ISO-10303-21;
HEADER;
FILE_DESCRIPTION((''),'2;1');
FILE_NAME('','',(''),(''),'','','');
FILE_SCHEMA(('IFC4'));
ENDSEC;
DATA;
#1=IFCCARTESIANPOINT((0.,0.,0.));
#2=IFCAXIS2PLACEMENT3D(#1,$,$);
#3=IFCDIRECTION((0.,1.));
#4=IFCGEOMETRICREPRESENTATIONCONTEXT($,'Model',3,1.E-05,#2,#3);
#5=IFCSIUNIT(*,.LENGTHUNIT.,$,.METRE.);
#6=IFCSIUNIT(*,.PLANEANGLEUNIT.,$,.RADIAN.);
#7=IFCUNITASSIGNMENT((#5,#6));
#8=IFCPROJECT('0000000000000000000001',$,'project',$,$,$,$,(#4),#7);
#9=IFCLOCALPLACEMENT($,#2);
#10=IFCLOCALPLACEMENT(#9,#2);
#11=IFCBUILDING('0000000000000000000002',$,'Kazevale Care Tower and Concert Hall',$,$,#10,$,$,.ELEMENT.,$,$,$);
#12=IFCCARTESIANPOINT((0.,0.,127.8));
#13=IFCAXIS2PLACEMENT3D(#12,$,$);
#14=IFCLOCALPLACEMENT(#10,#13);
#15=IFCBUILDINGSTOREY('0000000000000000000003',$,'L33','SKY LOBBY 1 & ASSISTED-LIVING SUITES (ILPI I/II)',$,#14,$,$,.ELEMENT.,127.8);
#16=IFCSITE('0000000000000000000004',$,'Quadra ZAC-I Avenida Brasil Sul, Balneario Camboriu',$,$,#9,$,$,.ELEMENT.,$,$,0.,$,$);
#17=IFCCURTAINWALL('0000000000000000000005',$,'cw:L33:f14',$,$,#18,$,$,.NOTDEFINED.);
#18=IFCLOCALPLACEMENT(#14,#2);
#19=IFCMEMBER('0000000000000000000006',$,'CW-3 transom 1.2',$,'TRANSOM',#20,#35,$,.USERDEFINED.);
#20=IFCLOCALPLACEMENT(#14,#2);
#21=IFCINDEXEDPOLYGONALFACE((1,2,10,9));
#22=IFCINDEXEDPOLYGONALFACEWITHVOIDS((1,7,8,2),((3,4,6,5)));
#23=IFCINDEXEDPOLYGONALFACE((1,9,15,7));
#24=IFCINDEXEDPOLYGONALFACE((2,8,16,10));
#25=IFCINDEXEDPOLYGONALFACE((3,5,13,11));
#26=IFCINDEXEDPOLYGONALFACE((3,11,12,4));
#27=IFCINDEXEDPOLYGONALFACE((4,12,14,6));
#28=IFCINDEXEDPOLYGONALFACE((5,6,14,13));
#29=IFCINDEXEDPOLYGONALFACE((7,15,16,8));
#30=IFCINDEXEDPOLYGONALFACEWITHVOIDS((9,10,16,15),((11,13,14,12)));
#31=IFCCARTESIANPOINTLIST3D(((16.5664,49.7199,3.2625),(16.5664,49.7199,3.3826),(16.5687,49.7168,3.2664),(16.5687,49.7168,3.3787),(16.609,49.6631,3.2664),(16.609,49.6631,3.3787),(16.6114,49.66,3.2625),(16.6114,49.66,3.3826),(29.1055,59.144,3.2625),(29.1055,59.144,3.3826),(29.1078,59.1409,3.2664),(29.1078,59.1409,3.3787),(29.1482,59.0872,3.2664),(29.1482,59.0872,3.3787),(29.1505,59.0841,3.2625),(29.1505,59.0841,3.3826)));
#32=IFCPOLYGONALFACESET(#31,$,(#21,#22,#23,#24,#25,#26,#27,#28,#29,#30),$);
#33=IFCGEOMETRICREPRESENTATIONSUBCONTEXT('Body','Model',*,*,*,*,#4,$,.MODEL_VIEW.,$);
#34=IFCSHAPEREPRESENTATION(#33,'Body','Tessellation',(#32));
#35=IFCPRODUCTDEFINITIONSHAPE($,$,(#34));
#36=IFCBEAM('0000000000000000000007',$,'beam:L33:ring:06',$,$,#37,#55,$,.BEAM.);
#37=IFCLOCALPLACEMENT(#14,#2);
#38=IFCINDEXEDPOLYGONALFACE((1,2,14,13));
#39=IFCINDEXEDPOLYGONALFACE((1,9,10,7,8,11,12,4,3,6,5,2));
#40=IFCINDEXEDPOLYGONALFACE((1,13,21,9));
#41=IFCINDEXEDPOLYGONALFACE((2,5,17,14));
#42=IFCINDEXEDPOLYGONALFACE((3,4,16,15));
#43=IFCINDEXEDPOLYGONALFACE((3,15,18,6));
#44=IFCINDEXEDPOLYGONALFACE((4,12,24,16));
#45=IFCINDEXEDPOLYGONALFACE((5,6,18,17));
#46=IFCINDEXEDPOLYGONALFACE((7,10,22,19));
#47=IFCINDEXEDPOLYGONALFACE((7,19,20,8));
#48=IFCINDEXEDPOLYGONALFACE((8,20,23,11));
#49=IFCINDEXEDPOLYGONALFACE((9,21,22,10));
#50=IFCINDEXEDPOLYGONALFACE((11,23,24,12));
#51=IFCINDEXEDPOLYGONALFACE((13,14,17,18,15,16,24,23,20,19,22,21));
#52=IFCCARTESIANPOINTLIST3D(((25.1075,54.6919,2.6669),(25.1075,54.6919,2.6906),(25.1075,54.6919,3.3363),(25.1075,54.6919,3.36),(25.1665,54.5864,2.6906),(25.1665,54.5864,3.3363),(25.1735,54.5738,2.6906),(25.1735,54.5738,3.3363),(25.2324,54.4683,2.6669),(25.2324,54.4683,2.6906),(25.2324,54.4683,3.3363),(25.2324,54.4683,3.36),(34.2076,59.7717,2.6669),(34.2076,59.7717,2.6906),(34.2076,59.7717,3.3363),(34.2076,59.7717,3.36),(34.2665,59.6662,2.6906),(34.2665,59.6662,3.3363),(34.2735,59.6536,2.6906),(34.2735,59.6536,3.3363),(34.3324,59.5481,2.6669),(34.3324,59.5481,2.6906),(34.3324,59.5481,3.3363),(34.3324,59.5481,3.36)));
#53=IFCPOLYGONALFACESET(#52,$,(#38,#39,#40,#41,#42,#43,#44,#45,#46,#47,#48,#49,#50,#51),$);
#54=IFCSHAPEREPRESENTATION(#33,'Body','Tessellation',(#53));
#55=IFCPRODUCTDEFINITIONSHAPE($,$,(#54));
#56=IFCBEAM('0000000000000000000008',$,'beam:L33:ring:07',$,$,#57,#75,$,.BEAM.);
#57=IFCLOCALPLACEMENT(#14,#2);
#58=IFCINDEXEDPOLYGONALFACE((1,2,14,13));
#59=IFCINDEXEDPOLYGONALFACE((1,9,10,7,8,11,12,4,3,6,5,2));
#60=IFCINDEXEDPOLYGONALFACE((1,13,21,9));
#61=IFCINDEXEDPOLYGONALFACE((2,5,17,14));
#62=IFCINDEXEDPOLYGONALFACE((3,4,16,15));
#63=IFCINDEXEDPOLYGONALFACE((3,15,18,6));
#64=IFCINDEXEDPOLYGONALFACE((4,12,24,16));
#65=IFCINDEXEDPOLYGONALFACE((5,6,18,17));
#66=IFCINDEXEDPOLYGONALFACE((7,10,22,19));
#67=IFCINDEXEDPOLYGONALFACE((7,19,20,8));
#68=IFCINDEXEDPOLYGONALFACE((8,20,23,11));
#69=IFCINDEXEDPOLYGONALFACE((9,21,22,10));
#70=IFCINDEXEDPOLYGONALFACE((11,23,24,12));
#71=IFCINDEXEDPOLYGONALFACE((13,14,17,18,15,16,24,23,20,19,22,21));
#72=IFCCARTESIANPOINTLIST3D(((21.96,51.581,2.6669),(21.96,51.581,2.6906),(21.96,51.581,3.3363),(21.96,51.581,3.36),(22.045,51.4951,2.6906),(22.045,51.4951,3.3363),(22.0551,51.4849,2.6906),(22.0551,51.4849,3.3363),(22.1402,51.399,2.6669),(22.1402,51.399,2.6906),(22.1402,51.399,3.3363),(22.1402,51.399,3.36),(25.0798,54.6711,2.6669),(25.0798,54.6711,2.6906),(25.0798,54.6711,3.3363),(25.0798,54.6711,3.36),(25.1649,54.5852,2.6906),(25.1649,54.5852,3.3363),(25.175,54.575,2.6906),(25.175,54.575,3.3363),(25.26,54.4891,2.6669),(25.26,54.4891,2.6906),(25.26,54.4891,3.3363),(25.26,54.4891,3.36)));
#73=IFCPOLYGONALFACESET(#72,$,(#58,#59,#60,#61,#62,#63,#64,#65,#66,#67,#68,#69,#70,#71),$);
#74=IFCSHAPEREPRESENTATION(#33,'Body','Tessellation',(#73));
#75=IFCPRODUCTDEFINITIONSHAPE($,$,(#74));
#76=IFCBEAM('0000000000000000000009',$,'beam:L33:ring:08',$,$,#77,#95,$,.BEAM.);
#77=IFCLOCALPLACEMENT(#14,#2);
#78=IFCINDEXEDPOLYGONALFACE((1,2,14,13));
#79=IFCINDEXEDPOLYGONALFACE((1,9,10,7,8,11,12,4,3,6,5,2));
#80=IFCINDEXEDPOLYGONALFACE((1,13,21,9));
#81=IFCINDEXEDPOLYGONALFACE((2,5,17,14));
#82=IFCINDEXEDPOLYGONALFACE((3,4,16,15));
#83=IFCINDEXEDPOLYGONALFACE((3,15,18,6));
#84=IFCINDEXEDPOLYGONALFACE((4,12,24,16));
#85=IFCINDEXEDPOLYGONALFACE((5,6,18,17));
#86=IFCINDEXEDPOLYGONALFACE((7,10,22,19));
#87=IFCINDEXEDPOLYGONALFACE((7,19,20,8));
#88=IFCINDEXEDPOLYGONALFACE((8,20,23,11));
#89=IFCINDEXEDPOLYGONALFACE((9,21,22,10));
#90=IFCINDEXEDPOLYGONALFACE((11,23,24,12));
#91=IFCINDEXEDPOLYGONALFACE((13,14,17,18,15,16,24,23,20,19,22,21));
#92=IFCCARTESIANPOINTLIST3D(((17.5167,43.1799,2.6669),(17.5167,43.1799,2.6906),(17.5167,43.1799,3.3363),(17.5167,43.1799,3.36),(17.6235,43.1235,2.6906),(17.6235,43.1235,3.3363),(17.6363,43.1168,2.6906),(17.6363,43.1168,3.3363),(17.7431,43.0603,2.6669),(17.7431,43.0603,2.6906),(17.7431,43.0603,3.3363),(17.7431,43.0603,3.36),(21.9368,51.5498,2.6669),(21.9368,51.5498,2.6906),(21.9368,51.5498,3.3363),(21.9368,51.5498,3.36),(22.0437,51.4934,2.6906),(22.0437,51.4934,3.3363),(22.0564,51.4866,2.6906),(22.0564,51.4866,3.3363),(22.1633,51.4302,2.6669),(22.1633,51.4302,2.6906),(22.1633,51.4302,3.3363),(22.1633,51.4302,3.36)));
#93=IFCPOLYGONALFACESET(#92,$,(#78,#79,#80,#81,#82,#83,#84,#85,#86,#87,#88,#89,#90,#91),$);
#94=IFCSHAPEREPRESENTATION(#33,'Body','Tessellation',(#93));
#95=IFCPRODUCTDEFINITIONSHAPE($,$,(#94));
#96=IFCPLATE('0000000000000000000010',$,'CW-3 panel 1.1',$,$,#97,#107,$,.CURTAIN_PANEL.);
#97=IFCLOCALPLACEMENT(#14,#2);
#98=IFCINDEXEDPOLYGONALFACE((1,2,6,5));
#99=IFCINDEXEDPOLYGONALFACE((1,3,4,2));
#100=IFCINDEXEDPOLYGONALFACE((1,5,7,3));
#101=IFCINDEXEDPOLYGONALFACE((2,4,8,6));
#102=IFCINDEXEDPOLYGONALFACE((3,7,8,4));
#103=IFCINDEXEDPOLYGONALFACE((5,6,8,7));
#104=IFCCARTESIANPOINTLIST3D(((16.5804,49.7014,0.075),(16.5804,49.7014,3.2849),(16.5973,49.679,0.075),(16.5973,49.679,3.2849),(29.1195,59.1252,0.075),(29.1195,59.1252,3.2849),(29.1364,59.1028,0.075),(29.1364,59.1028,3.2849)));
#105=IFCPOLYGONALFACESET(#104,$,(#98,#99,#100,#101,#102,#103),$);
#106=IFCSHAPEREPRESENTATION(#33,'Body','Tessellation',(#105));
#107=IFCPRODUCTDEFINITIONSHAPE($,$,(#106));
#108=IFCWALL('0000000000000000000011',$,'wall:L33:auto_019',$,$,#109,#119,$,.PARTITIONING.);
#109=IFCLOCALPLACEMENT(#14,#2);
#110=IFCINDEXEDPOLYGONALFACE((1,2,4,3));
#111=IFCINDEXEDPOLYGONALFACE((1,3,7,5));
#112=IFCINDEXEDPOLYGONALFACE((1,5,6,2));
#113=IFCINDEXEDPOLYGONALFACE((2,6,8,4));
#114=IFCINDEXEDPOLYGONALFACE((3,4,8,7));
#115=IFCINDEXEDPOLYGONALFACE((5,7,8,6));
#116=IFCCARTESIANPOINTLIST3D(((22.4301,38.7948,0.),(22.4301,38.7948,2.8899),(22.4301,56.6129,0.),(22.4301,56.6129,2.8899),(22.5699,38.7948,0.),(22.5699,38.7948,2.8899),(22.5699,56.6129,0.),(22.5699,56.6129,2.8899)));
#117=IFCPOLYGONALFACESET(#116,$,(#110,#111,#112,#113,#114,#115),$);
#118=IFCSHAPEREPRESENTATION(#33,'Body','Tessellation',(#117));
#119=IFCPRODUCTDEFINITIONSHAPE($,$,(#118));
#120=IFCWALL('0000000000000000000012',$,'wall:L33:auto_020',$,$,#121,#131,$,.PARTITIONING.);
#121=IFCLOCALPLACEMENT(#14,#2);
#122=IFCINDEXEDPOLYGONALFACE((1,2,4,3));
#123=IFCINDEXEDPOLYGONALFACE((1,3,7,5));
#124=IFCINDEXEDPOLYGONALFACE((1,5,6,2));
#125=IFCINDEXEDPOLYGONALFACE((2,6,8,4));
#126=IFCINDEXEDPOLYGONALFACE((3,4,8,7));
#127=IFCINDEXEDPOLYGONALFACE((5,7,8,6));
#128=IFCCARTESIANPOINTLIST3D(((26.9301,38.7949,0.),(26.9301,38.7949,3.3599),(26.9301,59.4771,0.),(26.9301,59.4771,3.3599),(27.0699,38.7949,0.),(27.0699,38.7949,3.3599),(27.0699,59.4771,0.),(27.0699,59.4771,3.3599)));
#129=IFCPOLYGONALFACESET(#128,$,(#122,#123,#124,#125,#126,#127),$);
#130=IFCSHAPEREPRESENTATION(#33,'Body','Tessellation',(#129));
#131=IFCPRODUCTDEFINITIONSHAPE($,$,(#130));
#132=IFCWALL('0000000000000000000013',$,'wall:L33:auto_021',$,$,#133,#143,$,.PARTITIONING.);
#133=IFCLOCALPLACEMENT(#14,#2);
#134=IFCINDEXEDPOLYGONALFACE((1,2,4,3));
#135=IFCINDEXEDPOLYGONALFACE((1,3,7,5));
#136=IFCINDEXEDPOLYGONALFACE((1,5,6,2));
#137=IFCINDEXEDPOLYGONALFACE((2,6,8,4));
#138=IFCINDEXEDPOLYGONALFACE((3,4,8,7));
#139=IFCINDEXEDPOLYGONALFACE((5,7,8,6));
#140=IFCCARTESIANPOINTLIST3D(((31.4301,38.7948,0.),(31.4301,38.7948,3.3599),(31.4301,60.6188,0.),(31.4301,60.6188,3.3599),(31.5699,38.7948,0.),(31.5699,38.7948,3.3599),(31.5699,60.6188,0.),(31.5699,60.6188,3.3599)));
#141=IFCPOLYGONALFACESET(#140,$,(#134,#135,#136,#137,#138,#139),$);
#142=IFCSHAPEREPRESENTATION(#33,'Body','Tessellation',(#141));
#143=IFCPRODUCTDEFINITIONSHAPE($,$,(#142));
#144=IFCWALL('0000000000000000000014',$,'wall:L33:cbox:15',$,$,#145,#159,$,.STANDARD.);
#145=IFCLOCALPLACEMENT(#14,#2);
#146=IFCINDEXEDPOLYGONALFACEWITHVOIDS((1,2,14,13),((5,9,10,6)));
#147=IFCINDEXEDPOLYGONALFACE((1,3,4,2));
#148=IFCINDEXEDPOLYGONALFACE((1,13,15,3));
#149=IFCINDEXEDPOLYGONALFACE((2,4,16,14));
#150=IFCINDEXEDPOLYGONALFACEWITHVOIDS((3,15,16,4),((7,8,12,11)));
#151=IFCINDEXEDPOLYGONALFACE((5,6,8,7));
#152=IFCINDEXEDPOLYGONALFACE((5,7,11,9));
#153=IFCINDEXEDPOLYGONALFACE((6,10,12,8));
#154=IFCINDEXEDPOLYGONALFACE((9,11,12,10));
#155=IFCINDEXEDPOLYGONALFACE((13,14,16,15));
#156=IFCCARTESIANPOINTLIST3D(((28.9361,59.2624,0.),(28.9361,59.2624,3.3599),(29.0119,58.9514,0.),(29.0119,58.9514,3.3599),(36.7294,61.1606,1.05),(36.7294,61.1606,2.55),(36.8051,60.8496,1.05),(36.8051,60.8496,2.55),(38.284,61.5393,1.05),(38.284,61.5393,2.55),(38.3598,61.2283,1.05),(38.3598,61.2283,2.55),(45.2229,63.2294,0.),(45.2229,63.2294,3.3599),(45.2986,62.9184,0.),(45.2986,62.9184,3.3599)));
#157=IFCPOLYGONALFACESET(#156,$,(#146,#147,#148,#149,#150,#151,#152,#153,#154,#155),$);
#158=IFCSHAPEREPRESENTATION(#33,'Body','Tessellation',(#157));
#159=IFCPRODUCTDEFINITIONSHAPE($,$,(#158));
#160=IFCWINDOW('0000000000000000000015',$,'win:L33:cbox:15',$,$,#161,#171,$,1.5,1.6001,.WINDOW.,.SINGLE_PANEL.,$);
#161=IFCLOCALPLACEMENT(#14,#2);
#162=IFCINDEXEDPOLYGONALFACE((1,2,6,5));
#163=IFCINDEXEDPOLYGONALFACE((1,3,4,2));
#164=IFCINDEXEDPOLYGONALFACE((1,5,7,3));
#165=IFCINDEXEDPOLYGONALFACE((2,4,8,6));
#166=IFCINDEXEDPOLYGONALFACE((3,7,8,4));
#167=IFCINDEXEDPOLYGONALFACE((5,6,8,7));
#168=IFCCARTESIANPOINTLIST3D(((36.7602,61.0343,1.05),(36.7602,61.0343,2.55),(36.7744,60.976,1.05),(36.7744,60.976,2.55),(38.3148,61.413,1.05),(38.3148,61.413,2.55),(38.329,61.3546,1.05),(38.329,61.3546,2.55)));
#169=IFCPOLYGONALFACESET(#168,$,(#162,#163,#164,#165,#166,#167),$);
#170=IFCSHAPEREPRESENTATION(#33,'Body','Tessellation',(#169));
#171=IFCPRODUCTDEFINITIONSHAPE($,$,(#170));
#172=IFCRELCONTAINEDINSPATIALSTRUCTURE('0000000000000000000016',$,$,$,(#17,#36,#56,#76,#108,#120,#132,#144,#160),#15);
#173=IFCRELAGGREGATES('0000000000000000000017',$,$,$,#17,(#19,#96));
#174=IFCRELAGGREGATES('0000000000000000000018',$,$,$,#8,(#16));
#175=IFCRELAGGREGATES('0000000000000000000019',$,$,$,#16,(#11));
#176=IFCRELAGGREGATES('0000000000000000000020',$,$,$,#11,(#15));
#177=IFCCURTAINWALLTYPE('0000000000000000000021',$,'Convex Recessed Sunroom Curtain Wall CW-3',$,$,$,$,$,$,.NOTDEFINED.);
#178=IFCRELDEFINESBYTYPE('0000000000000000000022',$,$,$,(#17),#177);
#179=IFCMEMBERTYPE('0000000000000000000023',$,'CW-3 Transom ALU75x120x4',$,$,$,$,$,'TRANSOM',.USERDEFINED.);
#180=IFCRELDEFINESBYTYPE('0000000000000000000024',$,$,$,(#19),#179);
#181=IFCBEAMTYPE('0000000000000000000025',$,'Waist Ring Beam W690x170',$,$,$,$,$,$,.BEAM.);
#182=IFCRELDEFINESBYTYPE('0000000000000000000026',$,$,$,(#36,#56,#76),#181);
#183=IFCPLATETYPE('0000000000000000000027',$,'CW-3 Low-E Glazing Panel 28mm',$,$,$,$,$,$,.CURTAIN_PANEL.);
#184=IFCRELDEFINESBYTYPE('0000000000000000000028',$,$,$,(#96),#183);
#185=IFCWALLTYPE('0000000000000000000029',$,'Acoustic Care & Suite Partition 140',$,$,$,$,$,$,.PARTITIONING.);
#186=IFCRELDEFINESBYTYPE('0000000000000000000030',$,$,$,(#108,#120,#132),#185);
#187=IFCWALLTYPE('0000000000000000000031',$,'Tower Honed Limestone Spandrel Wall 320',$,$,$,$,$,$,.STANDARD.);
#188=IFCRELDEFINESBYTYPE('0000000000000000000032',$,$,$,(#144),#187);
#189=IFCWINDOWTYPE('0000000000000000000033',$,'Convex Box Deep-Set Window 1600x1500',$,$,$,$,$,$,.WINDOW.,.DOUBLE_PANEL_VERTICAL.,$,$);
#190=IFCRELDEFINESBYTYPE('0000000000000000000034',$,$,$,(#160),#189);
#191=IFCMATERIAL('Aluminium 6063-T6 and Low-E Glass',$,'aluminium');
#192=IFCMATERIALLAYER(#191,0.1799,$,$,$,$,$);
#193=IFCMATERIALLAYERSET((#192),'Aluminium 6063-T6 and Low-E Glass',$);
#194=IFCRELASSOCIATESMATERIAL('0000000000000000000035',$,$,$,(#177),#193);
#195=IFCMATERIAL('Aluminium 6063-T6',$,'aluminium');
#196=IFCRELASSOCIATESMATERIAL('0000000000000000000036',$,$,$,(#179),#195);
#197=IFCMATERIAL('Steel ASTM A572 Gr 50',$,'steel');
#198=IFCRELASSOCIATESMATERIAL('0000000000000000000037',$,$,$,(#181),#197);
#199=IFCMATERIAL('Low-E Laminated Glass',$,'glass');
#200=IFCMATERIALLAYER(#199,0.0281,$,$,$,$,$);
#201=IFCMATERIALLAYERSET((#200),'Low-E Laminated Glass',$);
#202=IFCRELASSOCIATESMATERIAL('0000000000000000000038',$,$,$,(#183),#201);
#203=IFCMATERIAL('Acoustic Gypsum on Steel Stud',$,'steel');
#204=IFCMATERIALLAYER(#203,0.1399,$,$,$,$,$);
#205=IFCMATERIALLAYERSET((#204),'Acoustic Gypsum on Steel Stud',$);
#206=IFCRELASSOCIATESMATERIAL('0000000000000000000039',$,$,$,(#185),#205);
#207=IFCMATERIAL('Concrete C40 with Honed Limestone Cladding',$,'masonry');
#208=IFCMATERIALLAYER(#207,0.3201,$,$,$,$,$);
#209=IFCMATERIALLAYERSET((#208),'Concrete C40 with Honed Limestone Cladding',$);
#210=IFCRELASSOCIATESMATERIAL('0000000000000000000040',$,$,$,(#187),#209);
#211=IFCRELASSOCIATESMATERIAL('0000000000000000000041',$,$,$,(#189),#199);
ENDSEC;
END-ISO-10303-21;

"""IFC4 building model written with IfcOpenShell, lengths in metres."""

from ifc_helpers import new_model, si_unit, direction, frame, frame_2d, origin, origin_2d, place, context, subcontext, project, spatial, rectangle, hollow_rectangle, i_section, extrude, material, layer, layer_set, material_profile, profile_set, type_object, element, fill, aggregate, save


model = new_model("IFC4")

# Units and contexts
model_context = context("Model", 3, precision=1e-05, world=origin(), true_north=direction((0.0, 1.0)))
body_context = subcontext(model_context, "Body", "Model", "MODEL_VIEW")
ifc_project = project(units=[si_unit("LENGTHUNIT", "METRE"), si_unit("PLANEANGLEUNIT", "RADIAN")], contexts=[model_context])

# Site, building, storey
site_placement = place(None, origin())
site = spatial("IfcSite", under=ifc_project, at=site_placement, Name="Quadra ZAC-I Avenida Brasil Sul, Balneario Camboriu", CompositionType="ELEMENT", RefElevation=0.0)
building_placement = place(site_placement, origin())
building = spatial("IfcBuilding", under=site, at=building_placement, Name="Kazevale Care Tower and Concert Hall", CompositionType="ELEMENT")
storey_placement = place(building_placement, frame((0.0, 0.0, 127.8)))
storey = spatial("IfcBuildingStorey", under=building, at=storey_placement, Name="L33", Description="SKY LOBBY 1 & ASSISTED-LIVING SUITES (ILPI I/II)", CompositionType="ELEMENT", Elevation=127.8)

# Curtain wall, member
ifc_material_1 = material(Name="Aluminium 6063-T6 and Low-E Glass", Category="aluminium")
ifc_layer_1 = layer(ifc_material_1, 0.1799)
ifc_layer_set_1 = layer_set([ifc_layer_1], Name="Aluminium 6063-T6 and Low-E Glass")
curtain_wall_type = type_object("IfcCurtainWallType", Name="Convex Recessed Sunroom Curtain Wall CW-3", PredefinedType="NOTDEFINED", material=ifc_layer_set_1)
curtain_wall_placement = place(storey_placement, origin())
curtain_wall = element("IfcCurtainWall", 1, at=curtain_wall_placement, inside=storey, type_object=curtain_wall_type, Name="cw:L33:f14", PredefinedType="NOTDEFINED")
ifc_material_2 = material(Name="Aluminium 6063-T6", Category="aluminium")
ifc_material_profile_1 = material_profile(ifc_material_2, hollow_rectangle(XDim=0.075, YDim=0.1201, WallThickness=0.0039, at=origin_2d()), Name="ALU75x120x4")
ifc_profile_set_1 = profile_set([ifc_material_profile_1], Name="Aluminium 6063-T6")
member_type_1 = type_object("IfcMemberType", Name="CW-3 Transom ALU75x120x4", ElementType="TRANSOM", PredefinedType="USERDEFINED", material=ifc_profile_set_1)
member_1_placement = place(storey_placement, frame((16.5889, 49.6899, 3.3225), z_axis=(0.799394, 0.600807, 0.0), x_axis=(-0.600807, 0.799394, 0.0)))
member_1 = element("IfcMember", 2, at=member_1_placement, type_object=member_type_1, Name="CW-3 transom 1.2", ObjectType="TRANSOM", PredefinedType="USERDEFINED", context=body_context, shape_type="SweptSolid", body=[
    extrude(hollow_rectangle(XDim=0.075, YDim=0.1201, WallThickness=0.0039, at=origin_2d()), origin(), (0.0, 0.0, 1.0), 15.6858),
])

# Beams
ifc_material_3 = material(Name="Steel ASTM A572 Gr 50", Category="steel")
ifc_material_profile_2 = material_profile(ifc_material_3, i_section(OverallWidth=0.2561, OverallDepth=0.6931, WebThickness=0.0144, FlangeThickness=0.0237, at=origin_2d()), Name="W690x170")
ifc_profile_set_2 = profile_set([ifc_material_profile_2], Name="Steel ASTM A572 Gr 50")
beam_type = type_object("IfcBeamType", Name="Waist Ring Beam W690x170", PredefinedType="BEAM", material=ifc_profile_set_2)
beam_1_placement = place(storey_placement, frame((34.27, 59.6599, 3.0134), z_axis=(-0.873169, -0.487418, 0.0), x_axis=(0.487418, -0.873169, 0.0)))
element("IfcBeam", 3, at=beam_1_placement, inside=storey, type_object=beam_type, Name="beam:L33:ring:06", PredefinedType="BEAM", context=body_context, shape_type="SweptSolid", body=[
    extrude(i_section(OverallWidth=0.2561, OverallDepth=0.6931, WebThickness=0.0144, FlangeThickness=0.0237, at=origin_2d()), origin(), (0.0, 0.0, 1.0), 10.4219),
])
beam_2_placement = place(storey_placement, frame((25.1699, 54.5801, 3.0134), z_axis=(-0.71049, -0.703707, 0.0), x_axis=(0.703707, -0.71049, 0.0)))
element("IfcBeam", 4, at=beam_2_placement, inside=storey, type_object=beam_type, Name="beam:L33:ring:07", PredefinedType="BEAM", context=body_context, shape_type="SweptSolid", body=[
    extrude(i_section(OverallWidth=0.2561, OverallDepth=0.6931, WebThickness=0.0144, FlangeThickness=0.0237, at=origin_2d()), origin(), (0.0, 0.0, 1.0), 4.3911),
])
beam_3_placement = place(storey_placement, frame((22.05, 51.49, 3.0134), z_axis=(-0.466984, -0.884266, 0.0), x_axis=(0.884266, -0.466984, 0.0)))
element("IfcBeam", 5, at=beam_3_placement, inside=storey, type_object=beam_type, Name="beam:L33:ring:08", PredefinedType="BEAM", context=body_context, shape_type="SweptSolid", body=[
    extrude(i_section(OverallWidth=0.2561, OverallDepth=0.6931, WebThickness=0.0144, FlangeThickness=0.0237, at=origin_2d()), origin(), (0.0, 0.0, 1.0), 9.4653),
])

# Plate
ifc_material_4 = material(Name="Low-E Laminated Glass", Category="glass")
ifc_layer_2 = layer(ifc_material_4, 0.0281)
ifc_layer_set_2 = layer_set([ifc_layer_2], Name="Low-E Laminated Glass")
plate_type = type_object("IfcPlateType", Name="CW-3 Low-E Glazing Panel 28mm", PredefinedType="CURTAIN_PANEL", material=ifc_layer_set_2)
plate_placement = place(storey_placement, frame((22.8584, 54.4021, 0.075), z_axis=(0.0, 0.0, 1.0), x_axis=(0.799401, 0.600798, 0.0)))
plate = element("IfcPlate", 6, at=plate_placement, type_object=plate_type, Name="CW-3 panel 1.1", PredefinedType="CURTAIN_PANEL", context=body_context, shape_type="SweptSolid", body=[
    extrude(rectangle(XDim=15.6855, YDim=0.0281, at=origin_2d()), origin(), (0.0, 0.0, 1.0), 3.21),
])
aggregate(curtain_wall, [member_1, plate])

# Walls
ifc_material_5 = material(Name="Acoustic Gypsum on Steel Stud", Category="steel")
ifc_layer_3 = layer(ifc_material_5, 0.1399)
ifc_layer_set_3 = layer_set([ifc_layer_3], Name="Acoustic Gypsum on Steel Stud")
wall_type_1 = type_object("IfcWallType", Name="Acoustic Care & Suite Partition 140", PredefinedType="PARTITIONING", material=ifc_layer_set_3)
wall_1_placement = place(storey_placement, frame((22.5, 56.613, 0.0), z_axis=(0.0, 0.0, 1.0), x_axis=(0.0, -1.0, 0.0)))
element("IfcWall", 7, at=wall_1_placement, inside=storey, type_object=wall_type_1, Name="wall:L33:auto_019", PredefinedType="PARTITIONING", context=body_context, shape_type="SweptSolid", body=[
    extrude(rectangle(XDim=17.8181, YDim=0.1399, at=frame_2d((8.9092, 0.0))), origin(), (0.0, 0.0, 1.0), 2.8899),
])
wall_2_placement = place(storey_placement, frame((27.0, 59.4771, 0.0), z_axis=(0.0, 0.0, 1.0), x_axis=(0.0, -1.0, 0.0)))
element("IfcWall", 8, at=wall_2_placement, inside=storey, type_object=wall_type_1, Name="wall:L33:auto_020", PredefinedType="PARTITIONING", context=body_context, shape_type="SweptSolid", body=[
    extrude(rectangle(XDim=20.6821, YDim=0.1399, at=frame_2d((10.3411, 0.0))), origin(), (0.0, 0.0, 1.0), 3.3599),
])
wall_3_placement = place(storey_placement, frame((31.5, 60.6189, 0.0), z_axis=(0.0, 0.0, 1.0), x_axis=(0.0, -1.0, 0.0)))
element("IfcWall", 9, at=wall_3_placement, inside=storey, type_object=wall_type_1, Name="wall:L33:auto_021", PredefinedType="PARTITIONING", context=body_context, shape_type="SweptSolid", body=[
    extrude(rectangle(XDim=21.824, YDim=0.1399, at=frame_2d((10.9121, 0.0))), origin(), (0.0, 0.0, 1.0), 3.3599),
])

# Wall, opening, window
ifc_material_6 = material(Name="Concrete C40 with Honed Limestone Cladding", Category="masonry")
ifc_layer_4 = layer(ifc_material_6, 0.3201)
ifc_layer_set_4 = layer_set([ifc_layer_4], Name="Concrete C40 with Honed Limestone Cladding")
wall_type_2 = type_object("IfcWallType", Name="Tower Honed Limestone Spandrel Wall 320", PredefinedType="STANDARD", material=ifc_layer_set_4)
wall_4_placement = place(storey_placement, frame((28.9741, 59.1069, 0.0), z_axis=(0.0, 0.0, 1.0), x_axis=(0.971594, 0.236654, 0.0)))
wall_4 = element("IfcWall", 10, at=wall_4_placement, inside=storey, type_object=wall_type_2, Name="wall:L33:cbox:15", PredefinedType="STANDARD", context=body_context, shape_type="SweptSolid", body=[
    extrude(rectangle(XDim=16.7629, YDim=0.3201, at=frame_2d((8.3813, 0.0))), origin(), (0.0, 0.0, 1.0), 3.3599),
])
opening_placement = place(wall_4_placement, frame((8.021, 0.0, 1.05)))
opening = element("IfcOpeningElement", 11, at=opening_placement, cuts=wall_4, PredefinedType="OPENING", context=body_context, shape_type="SweptSolid", body=[
    extrude(rectangle(XDim=1.6001, YDim=1.5, at=frame_2d((0.8, 0.75))), frame((0.0, 0.1699, 0.0), z_axis=(0.0, -1.0, 0.0), x_axis=(1.0, 0.0, 0.0)), (0.0, 0.0, 1.0), 0.3401),
])
window_type = type_object("IfcWindowType", Name="Convex Box Deep-Set Window 1600x1500", PartitioningType="DOUBLE_PANEL_VERTICAL", PredefinedType="WINDOW", material=ifc_material_4)
window_placement = place(opening_placement, origin())
window = element("IfcWindow", 12, at=window_placement, inside=storey, type_object=window_type, Name="win:L33:cbox:15", OverallHeight=1.5, OverallWidth=1.6001, PartitioningType="SINGLE_PANEL", PredefinedType="WINDOW", context=body_context, shape_type="SweptSolid", body=[
    extrude(rectangle(XDim=1.6001, YDim=1.5, at=frame_2d((0.8, 0.75))), frame((0.0, 0.03, 0.0), z_axis=(0.0, -1.0, 0.0), x_axis=(1.0, 0.0, 0.0)), (0.0, 0.0, 1.0), 0.0601),
])
fill(opening, window)

save(model, "model.ifc")
